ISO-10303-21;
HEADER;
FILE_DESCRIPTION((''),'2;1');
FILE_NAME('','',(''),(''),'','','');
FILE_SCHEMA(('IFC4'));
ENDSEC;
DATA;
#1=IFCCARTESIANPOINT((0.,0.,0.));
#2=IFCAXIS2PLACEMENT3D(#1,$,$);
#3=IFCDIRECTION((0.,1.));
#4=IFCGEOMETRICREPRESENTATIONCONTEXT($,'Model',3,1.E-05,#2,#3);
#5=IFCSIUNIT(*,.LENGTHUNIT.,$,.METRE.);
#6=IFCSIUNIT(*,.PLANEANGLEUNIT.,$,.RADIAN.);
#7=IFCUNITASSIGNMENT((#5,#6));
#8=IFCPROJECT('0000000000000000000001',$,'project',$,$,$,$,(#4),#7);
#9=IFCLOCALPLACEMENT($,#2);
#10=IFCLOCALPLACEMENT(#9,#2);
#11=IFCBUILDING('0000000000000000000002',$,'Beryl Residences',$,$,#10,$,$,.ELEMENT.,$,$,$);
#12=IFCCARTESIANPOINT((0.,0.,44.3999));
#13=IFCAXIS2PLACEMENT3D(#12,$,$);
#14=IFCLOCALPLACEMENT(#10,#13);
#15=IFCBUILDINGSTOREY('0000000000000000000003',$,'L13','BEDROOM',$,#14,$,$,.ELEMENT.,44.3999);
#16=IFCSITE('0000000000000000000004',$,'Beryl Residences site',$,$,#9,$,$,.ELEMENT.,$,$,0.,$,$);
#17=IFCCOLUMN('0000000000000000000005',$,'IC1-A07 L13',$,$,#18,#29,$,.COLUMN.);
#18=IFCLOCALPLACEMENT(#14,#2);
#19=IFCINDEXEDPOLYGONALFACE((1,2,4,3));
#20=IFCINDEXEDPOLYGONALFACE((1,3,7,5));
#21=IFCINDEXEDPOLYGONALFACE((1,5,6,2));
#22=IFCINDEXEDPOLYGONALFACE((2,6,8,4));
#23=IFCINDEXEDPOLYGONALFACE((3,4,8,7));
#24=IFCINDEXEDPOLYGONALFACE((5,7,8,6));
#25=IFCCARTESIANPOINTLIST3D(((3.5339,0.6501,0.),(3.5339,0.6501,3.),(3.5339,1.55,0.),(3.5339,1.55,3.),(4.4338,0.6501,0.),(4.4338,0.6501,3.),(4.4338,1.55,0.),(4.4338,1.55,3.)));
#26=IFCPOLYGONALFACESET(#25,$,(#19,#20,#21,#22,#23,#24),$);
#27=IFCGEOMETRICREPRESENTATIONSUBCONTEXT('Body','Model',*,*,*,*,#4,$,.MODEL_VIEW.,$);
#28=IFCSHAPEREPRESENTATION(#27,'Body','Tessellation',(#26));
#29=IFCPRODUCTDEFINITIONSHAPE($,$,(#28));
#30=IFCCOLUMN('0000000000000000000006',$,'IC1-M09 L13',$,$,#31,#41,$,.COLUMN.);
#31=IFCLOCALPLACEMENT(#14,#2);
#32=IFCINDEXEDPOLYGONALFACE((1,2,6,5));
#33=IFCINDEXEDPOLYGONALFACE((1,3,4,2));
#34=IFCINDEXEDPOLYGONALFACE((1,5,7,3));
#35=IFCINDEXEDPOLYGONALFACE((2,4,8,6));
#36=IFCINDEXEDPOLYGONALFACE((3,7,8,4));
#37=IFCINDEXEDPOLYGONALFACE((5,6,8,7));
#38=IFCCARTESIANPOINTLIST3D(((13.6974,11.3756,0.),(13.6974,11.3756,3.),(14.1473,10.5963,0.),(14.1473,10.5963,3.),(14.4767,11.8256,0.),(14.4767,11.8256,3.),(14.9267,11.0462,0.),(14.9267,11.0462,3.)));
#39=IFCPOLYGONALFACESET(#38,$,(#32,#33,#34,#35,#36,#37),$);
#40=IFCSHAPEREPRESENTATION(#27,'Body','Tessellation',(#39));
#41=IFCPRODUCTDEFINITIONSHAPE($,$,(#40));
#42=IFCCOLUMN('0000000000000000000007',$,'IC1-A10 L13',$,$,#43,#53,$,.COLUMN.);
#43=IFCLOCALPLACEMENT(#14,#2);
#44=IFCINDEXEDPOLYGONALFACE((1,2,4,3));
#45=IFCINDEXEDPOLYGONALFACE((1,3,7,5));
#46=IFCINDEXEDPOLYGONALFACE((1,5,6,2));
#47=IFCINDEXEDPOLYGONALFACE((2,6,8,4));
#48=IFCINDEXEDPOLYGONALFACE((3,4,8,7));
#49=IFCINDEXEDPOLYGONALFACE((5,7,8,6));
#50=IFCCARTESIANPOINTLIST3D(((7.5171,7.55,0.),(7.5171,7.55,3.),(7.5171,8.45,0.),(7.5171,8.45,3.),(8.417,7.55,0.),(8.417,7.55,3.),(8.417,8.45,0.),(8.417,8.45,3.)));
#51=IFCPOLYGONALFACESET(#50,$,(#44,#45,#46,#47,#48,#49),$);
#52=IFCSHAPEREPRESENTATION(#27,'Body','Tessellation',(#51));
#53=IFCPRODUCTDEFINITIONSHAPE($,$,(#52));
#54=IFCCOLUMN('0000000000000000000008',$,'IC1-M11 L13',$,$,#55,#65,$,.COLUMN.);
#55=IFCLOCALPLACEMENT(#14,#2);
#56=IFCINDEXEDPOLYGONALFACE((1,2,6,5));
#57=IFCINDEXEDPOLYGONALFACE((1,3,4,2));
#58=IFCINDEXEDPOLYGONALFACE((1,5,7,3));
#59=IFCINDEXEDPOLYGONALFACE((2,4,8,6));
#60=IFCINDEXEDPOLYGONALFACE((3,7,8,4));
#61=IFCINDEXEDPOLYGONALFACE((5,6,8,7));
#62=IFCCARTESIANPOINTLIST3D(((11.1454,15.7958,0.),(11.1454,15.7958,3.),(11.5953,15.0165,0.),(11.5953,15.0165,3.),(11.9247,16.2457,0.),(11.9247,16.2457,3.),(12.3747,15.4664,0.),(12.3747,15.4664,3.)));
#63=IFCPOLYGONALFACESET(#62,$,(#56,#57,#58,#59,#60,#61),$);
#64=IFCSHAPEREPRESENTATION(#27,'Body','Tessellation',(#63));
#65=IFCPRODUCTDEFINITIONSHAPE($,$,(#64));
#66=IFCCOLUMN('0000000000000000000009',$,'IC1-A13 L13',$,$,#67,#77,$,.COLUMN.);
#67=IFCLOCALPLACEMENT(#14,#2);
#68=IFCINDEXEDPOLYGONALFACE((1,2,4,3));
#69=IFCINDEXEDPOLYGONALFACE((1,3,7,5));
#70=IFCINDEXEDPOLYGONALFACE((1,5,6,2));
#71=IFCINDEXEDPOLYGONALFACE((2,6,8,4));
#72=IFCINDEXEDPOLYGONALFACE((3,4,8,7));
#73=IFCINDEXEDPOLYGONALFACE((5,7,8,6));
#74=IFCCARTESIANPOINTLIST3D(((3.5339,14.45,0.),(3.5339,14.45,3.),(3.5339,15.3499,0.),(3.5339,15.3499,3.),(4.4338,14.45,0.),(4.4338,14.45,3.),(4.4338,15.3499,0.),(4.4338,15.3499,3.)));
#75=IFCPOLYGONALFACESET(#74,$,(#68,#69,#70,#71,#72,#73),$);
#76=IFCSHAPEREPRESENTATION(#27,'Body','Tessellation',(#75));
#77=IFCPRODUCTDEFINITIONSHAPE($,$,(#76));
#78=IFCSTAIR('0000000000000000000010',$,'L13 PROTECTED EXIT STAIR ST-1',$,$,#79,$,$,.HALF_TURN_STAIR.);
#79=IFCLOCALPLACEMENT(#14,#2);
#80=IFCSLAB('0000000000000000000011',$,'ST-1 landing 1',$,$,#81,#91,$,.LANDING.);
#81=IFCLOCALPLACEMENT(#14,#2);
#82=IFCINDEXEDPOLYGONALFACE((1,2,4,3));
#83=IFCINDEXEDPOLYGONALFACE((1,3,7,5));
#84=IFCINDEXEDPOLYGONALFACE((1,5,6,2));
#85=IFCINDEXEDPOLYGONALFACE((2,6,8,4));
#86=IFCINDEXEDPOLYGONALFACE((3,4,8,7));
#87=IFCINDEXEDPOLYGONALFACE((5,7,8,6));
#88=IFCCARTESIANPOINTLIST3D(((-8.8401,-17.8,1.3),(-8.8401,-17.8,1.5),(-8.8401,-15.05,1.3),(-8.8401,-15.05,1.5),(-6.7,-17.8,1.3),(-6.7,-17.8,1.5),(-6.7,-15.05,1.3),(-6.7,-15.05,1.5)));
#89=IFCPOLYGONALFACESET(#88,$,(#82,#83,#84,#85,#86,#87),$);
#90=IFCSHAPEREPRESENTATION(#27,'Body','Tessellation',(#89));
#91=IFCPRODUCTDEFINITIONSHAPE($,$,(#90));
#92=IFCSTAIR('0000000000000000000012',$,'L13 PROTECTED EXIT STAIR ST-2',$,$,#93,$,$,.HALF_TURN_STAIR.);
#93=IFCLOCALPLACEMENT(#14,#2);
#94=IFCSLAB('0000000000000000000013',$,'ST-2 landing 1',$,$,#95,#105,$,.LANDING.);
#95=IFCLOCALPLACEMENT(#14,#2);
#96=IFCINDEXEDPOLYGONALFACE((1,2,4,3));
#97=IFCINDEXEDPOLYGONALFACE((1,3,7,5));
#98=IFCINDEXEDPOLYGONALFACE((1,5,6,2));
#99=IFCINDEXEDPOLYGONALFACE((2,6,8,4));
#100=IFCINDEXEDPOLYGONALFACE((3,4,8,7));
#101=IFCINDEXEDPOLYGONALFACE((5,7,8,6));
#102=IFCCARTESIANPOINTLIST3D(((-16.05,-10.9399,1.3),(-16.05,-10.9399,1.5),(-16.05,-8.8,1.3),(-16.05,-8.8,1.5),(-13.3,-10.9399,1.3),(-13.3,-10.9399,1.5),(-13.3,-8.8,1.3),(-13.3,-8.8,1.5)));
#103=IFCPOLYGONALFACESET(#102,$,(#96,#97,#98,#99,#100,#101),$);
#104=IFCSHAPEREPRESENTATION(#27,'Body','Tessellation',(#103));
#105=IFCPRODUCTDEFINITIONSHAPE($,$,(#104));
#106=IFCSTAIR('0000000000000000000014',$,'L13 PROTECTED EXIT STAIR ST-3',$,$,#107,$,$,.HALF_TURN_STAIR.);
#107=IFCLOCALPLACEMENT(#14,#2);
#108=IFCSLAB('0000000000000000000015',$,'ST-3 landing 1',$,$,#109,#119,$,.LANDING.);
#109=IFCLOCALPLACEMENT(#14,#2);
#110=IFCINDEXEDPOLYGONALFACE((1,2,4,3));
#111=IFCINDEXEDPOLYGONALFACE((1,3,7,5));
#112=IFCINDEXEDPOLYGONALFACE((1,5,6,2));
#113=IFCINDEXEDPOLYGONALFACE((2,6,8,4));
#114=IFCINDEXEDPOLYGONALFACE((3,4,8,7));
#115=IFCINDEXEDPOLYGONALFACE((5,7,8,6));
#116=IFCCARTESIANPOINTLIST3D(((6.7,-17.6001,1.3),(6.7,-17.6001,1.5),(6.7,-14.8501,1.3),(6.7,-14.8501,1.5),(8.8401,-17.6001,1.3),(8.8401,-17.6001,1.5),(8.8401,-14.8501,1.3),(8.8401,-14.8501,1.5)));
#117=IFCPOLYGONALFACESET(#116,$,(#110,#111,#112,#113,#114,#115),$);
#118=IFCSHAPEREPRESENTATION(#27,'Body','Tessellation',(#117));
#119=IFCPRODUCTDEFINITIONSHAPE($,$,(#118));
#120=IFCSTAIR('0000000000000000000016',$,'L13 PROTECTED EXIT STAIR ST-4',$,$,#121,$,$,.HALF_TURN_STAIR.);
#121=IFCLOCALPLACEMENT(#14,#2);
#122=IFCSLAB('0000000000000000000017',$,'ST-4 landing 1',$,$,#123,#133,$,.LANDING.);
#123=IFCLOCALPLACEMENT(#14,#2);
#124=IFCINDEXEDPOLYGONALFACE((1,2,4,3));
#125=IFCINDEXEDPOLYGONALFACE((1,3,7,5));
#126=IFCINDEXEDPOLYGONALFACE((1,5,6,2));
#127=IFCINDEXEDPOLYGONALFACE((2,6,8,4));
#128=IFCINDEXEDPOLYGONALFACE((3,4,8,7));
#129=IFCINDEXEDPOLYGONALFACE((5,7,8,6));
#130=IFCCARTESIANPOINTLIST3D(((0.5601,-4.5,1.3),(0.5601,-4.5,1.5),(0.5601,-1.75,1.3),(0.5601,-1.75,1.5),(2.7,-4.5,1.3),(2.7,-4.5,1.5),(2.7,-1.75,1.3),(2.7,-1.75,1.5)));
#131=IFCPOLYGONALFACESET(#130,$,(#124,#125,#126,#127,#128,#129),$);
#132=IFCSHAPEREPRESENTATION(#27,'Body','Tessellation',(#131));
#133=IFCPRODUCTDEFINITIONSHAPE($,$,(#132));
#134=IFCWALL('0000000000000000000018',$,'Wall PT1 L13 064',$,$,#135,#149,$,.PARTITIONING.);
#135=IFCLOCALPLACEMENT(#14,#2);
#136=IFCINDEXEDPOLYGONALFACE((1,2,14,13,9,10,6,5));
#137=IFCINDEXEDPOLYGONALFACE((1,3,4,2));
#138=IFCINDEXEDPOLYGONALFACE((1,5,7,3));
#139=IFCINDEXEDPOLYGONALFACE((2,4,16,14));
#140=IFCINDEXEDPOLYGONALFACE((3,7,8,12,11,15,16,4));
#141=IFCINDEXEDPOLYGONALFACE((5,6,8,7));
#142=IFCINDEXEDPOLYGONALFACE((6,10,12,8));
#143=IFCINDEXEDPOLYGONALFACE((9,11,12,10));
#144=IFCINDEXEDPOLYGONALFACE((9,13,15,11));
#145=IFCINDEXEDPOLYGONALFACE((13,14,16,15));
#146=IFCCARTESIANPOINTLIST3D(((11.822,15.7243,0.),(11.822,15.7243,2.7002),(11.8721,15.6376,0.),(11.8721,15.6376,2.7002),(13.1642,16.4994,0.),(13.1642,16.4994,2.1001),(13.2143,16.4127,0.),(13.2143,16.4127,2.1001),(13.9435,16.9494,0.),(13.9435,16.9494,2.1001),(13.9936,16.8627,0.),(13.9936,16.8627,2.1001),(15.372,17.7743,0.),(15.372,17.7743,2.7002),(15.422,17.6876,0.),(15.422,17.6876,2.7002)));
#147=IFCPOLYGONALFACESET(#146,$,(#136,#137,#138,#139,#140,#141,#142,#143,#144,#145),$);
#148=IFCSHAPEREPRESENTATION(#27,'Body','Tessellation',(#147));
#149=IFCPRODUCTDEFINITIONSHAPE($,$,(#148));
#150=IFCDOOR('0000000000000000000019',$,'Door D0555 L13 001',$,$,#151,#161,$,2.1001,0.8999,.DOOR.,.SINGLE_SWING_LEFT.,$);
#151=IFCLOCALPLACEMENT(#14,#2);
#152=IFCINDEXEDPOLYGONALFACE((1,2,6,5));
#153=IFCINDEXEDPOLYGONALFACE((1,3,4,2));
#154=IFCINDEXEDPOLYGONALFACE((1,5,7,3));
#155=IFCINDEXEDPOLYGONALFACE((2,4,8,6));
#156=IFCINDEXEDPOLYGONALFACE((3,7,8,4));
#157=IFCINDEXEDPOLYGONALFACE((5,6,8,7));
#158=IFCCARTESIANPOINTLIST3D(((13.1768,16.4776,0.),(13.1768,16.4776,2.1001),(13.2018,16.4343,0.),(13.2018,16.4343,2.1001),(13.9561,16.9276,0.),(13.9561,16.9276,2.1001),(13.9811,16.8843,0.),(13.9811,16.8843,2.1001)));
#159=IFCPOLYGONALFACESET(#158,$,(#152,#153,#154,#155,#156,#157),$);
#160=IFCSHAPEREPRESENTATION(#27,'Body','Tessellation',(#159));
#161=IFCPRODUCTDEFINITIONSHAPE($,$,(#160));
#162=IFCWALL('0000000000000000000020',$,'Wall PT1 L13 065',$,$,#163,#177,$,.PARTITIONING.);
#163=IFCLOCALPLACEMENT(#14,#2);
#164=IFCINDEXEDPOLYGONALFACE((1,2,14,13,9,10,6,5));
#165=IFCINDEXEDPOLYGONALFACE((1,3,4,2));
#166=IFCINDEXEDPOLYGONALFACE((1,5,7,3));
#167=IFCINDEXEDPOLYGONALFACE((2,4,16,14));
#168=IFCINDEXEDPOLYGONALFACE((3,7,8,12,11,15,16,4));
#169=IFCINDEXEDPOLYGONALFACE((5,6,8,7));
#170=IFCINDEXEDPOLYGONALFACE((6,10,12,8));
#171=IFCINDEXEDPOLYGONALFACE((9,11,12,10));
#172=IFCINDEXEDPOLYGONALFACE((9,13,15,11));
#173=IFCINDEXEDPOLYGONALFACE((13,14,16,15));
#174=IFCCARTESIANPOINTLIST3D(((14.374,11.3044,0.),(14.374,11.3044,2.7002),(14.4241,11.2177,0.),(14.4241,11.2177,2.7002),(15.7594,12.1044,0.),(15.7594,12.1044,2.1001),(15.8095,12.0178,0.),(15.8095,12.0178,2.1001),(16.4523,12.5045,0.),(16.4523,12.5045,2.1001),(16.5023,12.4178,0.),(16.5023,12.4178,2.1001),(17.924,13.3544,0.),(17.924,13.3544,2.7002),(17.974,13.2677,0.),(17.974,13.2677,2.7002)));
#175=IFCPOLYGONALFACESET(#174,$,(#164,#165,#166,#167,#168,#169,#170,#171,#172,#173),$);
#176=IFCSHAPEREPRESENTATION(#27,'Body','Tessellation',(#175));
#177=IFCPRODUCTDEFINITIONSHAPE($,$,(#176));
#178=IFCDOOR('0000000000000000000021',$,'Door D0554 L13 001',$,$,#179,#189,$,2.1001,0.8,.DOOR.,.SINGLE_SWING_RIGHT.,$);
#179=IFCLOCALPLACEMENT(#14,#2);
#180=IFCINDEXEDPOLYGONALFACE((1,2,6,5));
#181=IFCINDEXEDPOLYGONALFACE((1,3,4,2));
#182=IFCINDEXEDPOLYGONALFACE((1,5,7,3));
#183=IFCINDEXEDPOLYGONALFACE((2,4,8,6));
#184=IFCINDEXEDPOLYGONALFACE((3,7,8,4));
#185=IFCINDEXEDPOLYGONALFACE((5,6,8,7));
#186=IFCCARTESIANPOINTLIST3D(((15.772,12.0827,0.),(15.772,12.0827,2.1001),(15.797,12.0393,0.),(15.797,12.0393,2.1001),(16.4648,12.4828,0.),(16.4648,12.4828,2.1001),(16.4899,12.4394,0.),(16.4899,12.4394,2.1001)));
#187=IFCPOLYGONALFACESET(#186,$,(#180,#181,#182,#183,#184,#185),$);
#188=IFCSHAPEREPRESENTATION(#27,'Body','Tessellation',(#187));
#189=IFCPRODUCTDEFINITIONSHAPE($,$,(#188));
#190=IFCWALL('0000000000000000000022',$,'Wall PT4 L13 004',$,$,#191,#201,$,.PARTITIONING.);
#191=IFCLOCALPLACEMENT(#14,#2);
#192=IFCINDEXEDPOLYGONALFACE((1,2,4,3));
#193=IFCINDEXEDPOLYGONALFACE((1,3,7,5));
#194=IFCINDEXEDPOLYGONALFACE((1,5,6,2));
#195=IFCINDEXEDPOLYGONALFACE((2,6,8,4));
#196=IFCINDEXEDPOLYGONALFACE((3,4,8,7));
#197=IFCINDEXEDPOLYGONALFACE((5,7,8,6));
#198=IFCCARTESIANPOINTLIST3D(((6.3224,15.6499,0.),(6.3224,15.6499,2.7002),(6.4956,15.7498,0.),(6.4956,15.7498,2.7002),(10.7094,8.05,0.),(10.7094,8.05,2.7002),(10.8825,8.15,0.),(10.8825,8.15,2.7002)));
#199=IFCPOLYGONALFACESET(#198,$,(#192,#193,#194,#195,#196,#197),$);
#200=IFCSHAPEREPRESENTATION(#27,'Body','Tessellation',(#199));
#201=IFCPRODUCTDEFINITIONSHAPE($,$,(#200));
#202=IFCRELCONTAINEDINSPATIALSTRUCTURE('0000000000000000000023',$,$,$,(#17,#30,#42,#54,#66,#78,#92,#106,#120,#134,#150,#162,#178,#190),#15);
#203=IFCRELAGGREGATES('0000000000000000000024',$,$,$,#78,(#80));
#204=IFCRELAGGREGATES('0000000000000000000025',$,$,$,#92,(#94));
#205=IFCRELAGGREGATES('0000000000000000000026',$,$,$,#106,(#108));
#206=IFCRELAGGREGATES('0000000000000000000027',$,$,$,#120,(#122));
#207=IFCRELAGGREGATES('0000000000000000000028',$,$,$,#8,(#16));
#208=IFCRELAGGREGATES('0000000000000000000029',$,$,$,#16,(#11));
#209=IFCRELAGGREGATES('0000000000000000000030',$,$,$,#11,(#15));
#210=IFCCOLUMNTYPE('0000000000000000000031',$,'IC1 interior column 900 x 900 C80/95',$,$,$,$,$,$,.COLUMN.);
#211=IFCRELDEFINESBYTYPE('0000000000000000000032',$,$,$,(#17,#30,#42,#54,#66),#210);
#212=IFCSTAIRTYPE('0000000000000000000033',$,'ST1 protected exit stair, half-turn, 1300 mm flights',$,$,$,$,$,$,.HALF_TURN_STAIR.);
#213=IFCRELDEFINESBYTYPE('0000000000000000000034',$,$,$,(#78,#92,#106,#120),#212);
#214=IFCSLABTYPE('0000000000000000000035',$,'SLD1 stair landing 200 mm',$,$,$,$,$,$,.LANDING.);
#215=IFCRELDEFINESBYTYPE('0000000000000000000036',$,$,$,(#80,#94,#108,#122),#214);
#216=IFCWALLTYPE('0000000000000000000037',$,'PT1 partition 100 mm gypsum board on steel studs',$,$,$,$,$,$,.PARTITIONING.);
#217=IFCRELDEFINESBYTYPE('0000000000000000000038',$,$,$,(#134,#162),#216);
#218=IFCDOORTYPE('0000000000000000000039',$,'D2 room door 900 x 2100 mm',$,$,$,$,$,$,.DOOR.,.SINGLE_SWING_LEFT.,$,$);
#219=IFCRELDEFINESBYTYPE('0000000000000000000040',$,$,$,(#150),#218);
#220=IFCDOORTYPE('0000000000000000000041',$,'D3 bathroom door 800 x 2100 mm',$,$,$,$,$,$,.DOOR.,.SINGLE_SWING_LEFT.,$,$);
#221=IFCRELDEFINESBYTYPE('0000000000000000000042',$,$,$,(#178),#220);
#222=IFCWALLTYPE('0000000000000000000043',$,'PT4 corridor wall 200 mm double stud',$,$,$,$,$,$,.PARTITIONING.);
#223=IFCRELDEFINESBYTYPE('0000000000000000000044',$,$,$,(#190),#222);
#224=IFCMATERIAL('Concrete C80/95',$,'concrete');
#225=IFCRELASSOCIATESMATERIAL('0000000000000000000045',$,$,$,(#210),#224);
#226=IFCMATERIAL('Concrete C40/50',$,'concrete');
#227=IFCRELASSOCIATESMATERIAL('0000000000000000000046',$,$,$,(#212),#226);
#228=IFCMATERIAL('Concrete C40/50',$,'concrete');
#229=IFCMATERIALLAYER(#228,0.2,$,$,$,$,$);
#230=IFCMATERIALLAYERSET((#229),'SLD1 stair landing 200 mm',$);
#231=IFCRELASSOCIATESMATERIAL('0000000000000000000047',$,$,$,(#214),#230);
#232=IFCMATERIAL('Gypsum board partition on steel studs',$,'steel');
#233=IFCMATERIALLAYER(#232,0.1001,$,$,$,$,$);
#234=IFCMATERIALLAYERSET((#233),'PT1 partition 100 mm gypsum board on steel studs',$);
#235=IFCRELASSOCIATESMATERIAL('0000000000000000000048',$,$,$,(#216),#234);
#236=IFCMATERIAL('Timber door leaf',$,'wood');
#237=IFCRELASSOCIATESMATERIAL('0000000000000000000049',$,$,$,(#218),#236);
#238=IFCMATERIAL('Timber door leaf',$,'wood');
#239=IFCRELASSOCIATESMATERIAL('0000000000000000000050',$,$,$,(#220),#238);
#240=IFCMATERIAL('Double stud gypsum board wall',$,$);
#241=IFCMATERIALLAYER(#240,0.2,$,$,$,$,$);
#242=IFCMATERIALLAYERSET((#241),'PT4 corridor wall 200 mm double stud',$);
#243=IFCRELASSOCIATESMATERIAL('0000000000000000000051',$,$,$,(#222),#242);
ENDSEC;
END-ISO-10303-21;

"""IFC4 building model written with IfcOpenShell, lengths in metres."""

from ifc_helpers import new_model, si_unit, direction, frame, frame_2d, origin, origin_2d, place, context, subcontext, project, spatial, polyline, rectangle, outline, extrude, material, layer, layer_set, material_profile, profile_set, type_object, element, fill, aggregate, save


model = new_model("IFC4")

# Units and contexts
model_context = context("Model", 3, precision=1e-05, world=origin(), true_north=direction((0.0, 1.0)))
body_context = subcontext(model_context, "Body", "Model", "MODEL_VIEW")
ifc_project = project(units=[si_unit("LENGTHUNIT", "METRE"), si_unit("PLANEANGLEUNIT", "RADIAN")], contexts=[model_context])

# Site, building, storey
site_placement = place(None, origin())
site = spatial("IfcSite", under=ifc_project, at=site_placement, Name="Beryl Residences site", CompositionType="ELEMENT", RefElevation=0.0)
building_placement = place(site_placement, origin())
building = spatial("IfcBuilding", under=site, at=building_placement, Name="Beryl Residences", CompositionType="ELEMENT")
storey_placement = place(building_placement, frame((0.0, 0.0, 44.3999)))
storey = spatial("IfcBuildingStorey", under=building, at=storey_placement, Name="L13", Description="BEDROOM", CompositionType="ELEMENT", Elevation=44.3999)

# Columns
ifc_material_1 = material(Name="Concrete C80/95", Category="concrete")
ifc_material_profile = material_profile(ifc_material_1, rectangle(XDim=0.8999, YDim=0.8999, at=origin_2d()))
ifc_profile_set = profile_set([ifc_material_profile], Name="Concrete C80/95")
column_type = type_object("IfcColumnType", Name="IC1 interior column 900 x 900 C80/95", PredefinedType="COLUMN", material=ifc_profile_set)
for number, where, z_axis, x_axis, name in (
    (1, (3.9839, 1.1001, 0.0), (0.0, 0.0, 1.0), (1.0, 0.0, 0.0), "IC1-A07 L13"),
    (2, (14.312, 11.2109, 0.0), (0.0, 0.0, 1.0), (-0.499985, 0.866034, 0.0), "IC1-M09 L13"),
    (3, (7.967, 8.0, 0.0), (0.0, 0.0, 1.0), (1.0, 0.0, 0.0), "IC1-A10 L13"),
    (4, (11.76, 15.6311, 0.0), (0.0, 0.0, 1.0), (-0.499985, 0.866034, 0.0), "IC1-M11 L13"),
    (5, (3.9839, 14.8999, 0.0), (0.0, 0.0, 1.0), (1.0, 0.0, 0.0), "IC1-A13 L13"),
):
    element("IfcColumn", number, at=place(storey_placement, frame(where, z_axis=z_axis, x_axis=x_axis)), inside=storey, type_object=column_type, Name=name, PredefinedType="COLUMN", context=body_context, shape_type="SweptSolid", body=[
        extrude(rectangle(XDim=0.8999, YDim=0.8999, at=origin_2d()), origin(), (0.0, 0.0, 1.0), 3.0),
    ])

# Stairs, slabs
ifc_material_2 = material(Name="Concrete C40/50", Category="concrete")
stair_type = type_object("IfcStairType", Name="ST1 protected exit stair, half-turn, 1300 mm flights", PredefinedType="HALF_TURN_STAIR", material=ifc_material_2)
stair_1_placement = place(storey_placement, origin())
stair_1 = element("IfcStair", 6, at=stair_1_placement, inside=storey, type_object=stair_type, Name="L13 PROTECTED EXIT STAIR ST-1", PredefinedType="HALF_TURN_STAIR")
ifc_material_3 = material(Name="Concrete C40/50", Category="concrete")
ifc_layer_1 = layer(ifc_material_3, 0.2)
ifc_layer_set_1 = layer_set([ifc_layer_1], Name="SLD1 stair landing 200 mm")
slab_type_1 = type_object("IfcSlabType", Name="SLD1 stair landing 200 mm", PredefinedType="LANDING", material=ifc_layer_set_1)
slab_1_placement = place(storey_placement, frame((0.0, 0.0, 1.3)))
slab_1 = element("IfcSlab", 7, at=slab_1_placement, type_object=slab_type_1, Name="ST-1 landing 1", PredefinedType="LANDING", context=body_context, shape_type="SweptSolid", body=[
    extrude(outline(polyline([(-8.8401, -17.8), (-6.7, -17.8), (-6.7, -15.05), (-8.8401, -15.05), (-8.8401, -17.8)])), origin(), (0.0, 0.0, 1.0), 0.2),
])
aggregate(stair_1, [slab_1])
stair_2_placement = place(storey_placement, origin())
stair_2 = element("IfcStair", 8, at=stair_2_placement, inside=storey, type_object=stair_type, Name="L13 PROTECTED EXIT STAIR ST-2", PredefinedType="HALF_TURN_STAIR")
slab_2_placement = place(storey_placement, frame((0.0, 0.0, 1.3)))
slab_2 = element("IfcSlab", 9, at=slab_2_placement, type_object=slab_type_1, Name="ST-2 landing 1", PredefinedType="LANDING", context=body_context, shape_type="SweptSolid", body=[
    extrude(outline(polyline([(-13.3, -10.9399), (-13.3, -8.8), (-16.05, -8.8), (-16.05, -10.9399), (-13.3, -10.9399)])), origin(), (0.0, 0.0, 1.0), 0.2),
])
aggregate(stair_2, [slab_2])
stair_3_placement = place(storey_placement, origin())
stair_3 = element("IfcStair", 10, at=stair_3_placement, inside=storey, type_object=stair_type, Name="L13 PROTECTED EXIT STAIR ST-3", PredefinedType="HALF_TURN_STAIR")
slab_3_placement = place(storey_placement, frame((0.0, 0.0, 1.3)))
slab_3 = element("IfcSlab", 11, at=slab_3_placement, type_object=slab_type_1, Name="ST-3 landing 1", PredefinedType="LANDING", context=body_context, shape_type="SweptSolid", body=[
    extrude(outline(polyline([(8.8401, -14.8501), (6.7, -14.8501), (6.7, -17.6001), (8.8401, -17.6001), (8.8401, -14.8501)])), origin(), (0.0, 0.0, 1.0), 0.2),
])
aggregate(stair_3, [slab_3])
stair_4_placement = place(storey_placement, origin())
stair_4 = element("IfcStair", 12, at=stair_4_placement, inside=storey, type_object=stair_type, Name="L13 PROTECTED EXIT STAIR ST-4", PredefinedType="HALF_TURN_STAIR")
slab_4_placement = place(storey_placement, frame((0.0, 0.0, 1.3)))
slab_4 = element("IfcSlab", 13, at=slab_4_placement, type_object=slab_type_1, Name="ST-4 landing 1", PredefinedType="LANDING", context=body_context, shape_type="SweptSolid", body=[
    extrude(outline(polyline([(0.5601, -4.5), (2.7, -4.5), (2.7, -1.75), (0.5601, -1.75), (0.5601, -4.5)])), origin(), (0.0, 0.0, 1.0), 0.2),
])
aggregate(stair_4, [slab_4])

# Walls, openings, doors
ifc_material_4 = material(Name="Gypsum board partition on steel studs", Category="steel")
ifc_layer_2 = layer(ifc_material_4, 0.1001)
ifc_layer_set_2 = layer_set([ifc_layer_2], Name="PT1 partition 100 mm gypsum board on steel studs")
wall_type_1 = type_object("IfcWallType", Name="PT1 partition 100 mm gypsum board on steel studs", PredefinedType="PARTITIONING", material=ifc_layer_set_2)
wall_1_placement = place(storey_placement, frame((11.8469, 15.6809, 0.0), z_axis=(0.0, 0.0, 1.0), x_axis=(0.86598, 0.500078, 0.0)))
wall_1 = element("IfcWall", 14, at=wall_1_placement, inside=storey, type_object=wall_type_1, Name="Wall PT1 L13 064", PredefinedType="PARTITIONING", context=body_context, shape_type="SweptSolid", body=[
    extrude(rectangle(XDim=4.0994, YDim=0.1001, at=frame_2d((2.0498, 0.0))), origin(), (0.0, 0.0, 1.0), 2.7002),
])
opening_1_placement = place(wall_1_placement, frame((1.55, 0.0, 0.0)))
opening_1 = element("IfcOpeningElement", 15, at=opening_1_placement, cuts=wall_1, PredefinedType="OPENING", context=body_context, shape_type="SweptSolid", body=[
    extrude(rectangle(XDim=0.8999, YDim=2.1001, at=frame_2d((0.45, 1.05))), frame((0.0, 0.0601, 0.0), z_axis=(0.0, -1.0, 0.0), x_axis=(1.0, 0.0, 0.0)), (0.0, 0.0, 1.0), 0.1201),
])
ifc_material_5 = material(Name="Timber door leaf", Category="wood")
door_type_1 = type_object("IfcDoorType", Name="D2 room door 900 x 2100 mm", OperationType="SINGLE_SWING_LEFT", PredefinedType="DOOR", material=ifc_material_5)
door_1_placement = place(opening_1_placement, origin())
door_1 = element("IfcDoor", 16, at=door_1_placement, inside=storey, type_object=door_type_1, Name="Door D0555 L13 001", OperationType="SINGLE_SWING_LEFT", OverallHeight=2.1001, OverallWidth=0.8999, PredefinedType="DOOR", context=body_context, shape_type="SweptSolid", body=[
    extrude(rectangle(XDim=0.8999, YDim=2.1001, at=frame_2d((0.45, 1.05))), frame((0.0, 0.0249, 0.0), z_axis=(0.0, -1.0, 0.0), x_axis=(1.0, 0.0, 0.0)), (0.0, 0.0, 1.0), 0.05),
])
fill(opening_1, door_1)
wall_2_placement = place(storey_placement, frame((14.3989, 11.261, 0.0), z_axis=(0.0, 0.0, 1.0), x_axis=(0.86598, 0.500078, 0.0)))
wall_2 = element("IfcWall", 17, at=wall_2_placement, inside=storey, type_object=wall_type_1, Name="Wall PT1 L13 065", PredefinedType="PARTITIONING", context=body_context, shape_type="SweptSolid", body=[
    extrude(rectangle(XDim=4.0994, YDim=0.1001, at=frame_2d((2.0498, 0.0))), origin(), (0.0, 0.0, 1.0), 2.7002),
])
opening_2_placement = place(wall_2_placement, frame((1.6001, 0.0, 0.0)))
opening_2 = element("IfcOpeningElement", 18, at=opening_2_placement, cuts=wall_2, PredefinedType="OPENING", context=body_context, shape_type="SweptSolid", body=[
    extrude(rectangle(XDim=0.8, YDim=2.1001, at=frame_2d((0.3999, 1.05))), frame((0.0, 0.0601, 0.0), z_axis=(0.0, -1.0, 0.0), x_axis=(1.0, 0.0, 0.0)), (0.0, 0.0, 1.0), 0.1201),
])
ifc_material_6 = material(Name="Timber door leaf", Category="wood")
door_type_2 = type_object("IfcDoorType", Name="D3 bathroom door 800 x 2100 mm", OperationType="SINGLE_SWING_LEFT", PredefinedType="DOOR", material=ifc_material_6)
door_2_placement = place(opening_2_placement, origin())
door_2 = element("IfcDoor", 19, at=door_2_placement, inside=storey, type_object=door_type_2, Name="Door D0554 L13 001", OperationType="SINGLE_SWING_RIGHT", OverallHeight=2.1001, OverallWidth=0.8, PredefinedType="DOOR", context=body_context, shape_type="SweptSolid", body=[
    extrude(rectangle(XDim=0.8, YDim=2.1001, at=frame_2d((0.3999, 1.05))), frame((0.0, 0.0249, 0.0), z_axis=(0.0, -1.0, 0.0), x_axis=(1.0, 0.0, 0.0)), (0.0, 0.0, 1.0), 0.05),
])
fill(opening_2, door_2)

# Wall
ifc_material_7 = material(Name="Double stud gypsum board wall")
ifc_layer_3 = layer(ifc_material_7, 0.2)
ifc_layer_set_3 = layer_set([ifc_layer_3], Name="PT4 corridor wall 200 mm double stud")
wall_type_2 = type_object("IfcWallType", Name="PT4 corridor wall 200 mm double stud", PredefinedType="PARTITIONING", material=ifc_layer_set_3)
wall_3_placement = place(storey_placement, frame((6.4089, 15.7, 0.0), z_axis=(0.0, 0.0, 1.0), x_axis=(0.49993, -0.866066, 0.0)))
element("IfcWall", 20, at=wall_3_placement, inside=storey, type_object=wall_type_2, Name="Wall PT4 L13 004", PredefinedType="PARTITIONING", context=body_context, shape_type="SweptSolid", body=[
    extrude(rectangle(XDim=8.7751, YDim=0.2, at=frame_2d((4.3877, 0.0))), origin(), (0.0, 0.0, 1.0), 2.7002),
])

save(model, "model.ifc")
